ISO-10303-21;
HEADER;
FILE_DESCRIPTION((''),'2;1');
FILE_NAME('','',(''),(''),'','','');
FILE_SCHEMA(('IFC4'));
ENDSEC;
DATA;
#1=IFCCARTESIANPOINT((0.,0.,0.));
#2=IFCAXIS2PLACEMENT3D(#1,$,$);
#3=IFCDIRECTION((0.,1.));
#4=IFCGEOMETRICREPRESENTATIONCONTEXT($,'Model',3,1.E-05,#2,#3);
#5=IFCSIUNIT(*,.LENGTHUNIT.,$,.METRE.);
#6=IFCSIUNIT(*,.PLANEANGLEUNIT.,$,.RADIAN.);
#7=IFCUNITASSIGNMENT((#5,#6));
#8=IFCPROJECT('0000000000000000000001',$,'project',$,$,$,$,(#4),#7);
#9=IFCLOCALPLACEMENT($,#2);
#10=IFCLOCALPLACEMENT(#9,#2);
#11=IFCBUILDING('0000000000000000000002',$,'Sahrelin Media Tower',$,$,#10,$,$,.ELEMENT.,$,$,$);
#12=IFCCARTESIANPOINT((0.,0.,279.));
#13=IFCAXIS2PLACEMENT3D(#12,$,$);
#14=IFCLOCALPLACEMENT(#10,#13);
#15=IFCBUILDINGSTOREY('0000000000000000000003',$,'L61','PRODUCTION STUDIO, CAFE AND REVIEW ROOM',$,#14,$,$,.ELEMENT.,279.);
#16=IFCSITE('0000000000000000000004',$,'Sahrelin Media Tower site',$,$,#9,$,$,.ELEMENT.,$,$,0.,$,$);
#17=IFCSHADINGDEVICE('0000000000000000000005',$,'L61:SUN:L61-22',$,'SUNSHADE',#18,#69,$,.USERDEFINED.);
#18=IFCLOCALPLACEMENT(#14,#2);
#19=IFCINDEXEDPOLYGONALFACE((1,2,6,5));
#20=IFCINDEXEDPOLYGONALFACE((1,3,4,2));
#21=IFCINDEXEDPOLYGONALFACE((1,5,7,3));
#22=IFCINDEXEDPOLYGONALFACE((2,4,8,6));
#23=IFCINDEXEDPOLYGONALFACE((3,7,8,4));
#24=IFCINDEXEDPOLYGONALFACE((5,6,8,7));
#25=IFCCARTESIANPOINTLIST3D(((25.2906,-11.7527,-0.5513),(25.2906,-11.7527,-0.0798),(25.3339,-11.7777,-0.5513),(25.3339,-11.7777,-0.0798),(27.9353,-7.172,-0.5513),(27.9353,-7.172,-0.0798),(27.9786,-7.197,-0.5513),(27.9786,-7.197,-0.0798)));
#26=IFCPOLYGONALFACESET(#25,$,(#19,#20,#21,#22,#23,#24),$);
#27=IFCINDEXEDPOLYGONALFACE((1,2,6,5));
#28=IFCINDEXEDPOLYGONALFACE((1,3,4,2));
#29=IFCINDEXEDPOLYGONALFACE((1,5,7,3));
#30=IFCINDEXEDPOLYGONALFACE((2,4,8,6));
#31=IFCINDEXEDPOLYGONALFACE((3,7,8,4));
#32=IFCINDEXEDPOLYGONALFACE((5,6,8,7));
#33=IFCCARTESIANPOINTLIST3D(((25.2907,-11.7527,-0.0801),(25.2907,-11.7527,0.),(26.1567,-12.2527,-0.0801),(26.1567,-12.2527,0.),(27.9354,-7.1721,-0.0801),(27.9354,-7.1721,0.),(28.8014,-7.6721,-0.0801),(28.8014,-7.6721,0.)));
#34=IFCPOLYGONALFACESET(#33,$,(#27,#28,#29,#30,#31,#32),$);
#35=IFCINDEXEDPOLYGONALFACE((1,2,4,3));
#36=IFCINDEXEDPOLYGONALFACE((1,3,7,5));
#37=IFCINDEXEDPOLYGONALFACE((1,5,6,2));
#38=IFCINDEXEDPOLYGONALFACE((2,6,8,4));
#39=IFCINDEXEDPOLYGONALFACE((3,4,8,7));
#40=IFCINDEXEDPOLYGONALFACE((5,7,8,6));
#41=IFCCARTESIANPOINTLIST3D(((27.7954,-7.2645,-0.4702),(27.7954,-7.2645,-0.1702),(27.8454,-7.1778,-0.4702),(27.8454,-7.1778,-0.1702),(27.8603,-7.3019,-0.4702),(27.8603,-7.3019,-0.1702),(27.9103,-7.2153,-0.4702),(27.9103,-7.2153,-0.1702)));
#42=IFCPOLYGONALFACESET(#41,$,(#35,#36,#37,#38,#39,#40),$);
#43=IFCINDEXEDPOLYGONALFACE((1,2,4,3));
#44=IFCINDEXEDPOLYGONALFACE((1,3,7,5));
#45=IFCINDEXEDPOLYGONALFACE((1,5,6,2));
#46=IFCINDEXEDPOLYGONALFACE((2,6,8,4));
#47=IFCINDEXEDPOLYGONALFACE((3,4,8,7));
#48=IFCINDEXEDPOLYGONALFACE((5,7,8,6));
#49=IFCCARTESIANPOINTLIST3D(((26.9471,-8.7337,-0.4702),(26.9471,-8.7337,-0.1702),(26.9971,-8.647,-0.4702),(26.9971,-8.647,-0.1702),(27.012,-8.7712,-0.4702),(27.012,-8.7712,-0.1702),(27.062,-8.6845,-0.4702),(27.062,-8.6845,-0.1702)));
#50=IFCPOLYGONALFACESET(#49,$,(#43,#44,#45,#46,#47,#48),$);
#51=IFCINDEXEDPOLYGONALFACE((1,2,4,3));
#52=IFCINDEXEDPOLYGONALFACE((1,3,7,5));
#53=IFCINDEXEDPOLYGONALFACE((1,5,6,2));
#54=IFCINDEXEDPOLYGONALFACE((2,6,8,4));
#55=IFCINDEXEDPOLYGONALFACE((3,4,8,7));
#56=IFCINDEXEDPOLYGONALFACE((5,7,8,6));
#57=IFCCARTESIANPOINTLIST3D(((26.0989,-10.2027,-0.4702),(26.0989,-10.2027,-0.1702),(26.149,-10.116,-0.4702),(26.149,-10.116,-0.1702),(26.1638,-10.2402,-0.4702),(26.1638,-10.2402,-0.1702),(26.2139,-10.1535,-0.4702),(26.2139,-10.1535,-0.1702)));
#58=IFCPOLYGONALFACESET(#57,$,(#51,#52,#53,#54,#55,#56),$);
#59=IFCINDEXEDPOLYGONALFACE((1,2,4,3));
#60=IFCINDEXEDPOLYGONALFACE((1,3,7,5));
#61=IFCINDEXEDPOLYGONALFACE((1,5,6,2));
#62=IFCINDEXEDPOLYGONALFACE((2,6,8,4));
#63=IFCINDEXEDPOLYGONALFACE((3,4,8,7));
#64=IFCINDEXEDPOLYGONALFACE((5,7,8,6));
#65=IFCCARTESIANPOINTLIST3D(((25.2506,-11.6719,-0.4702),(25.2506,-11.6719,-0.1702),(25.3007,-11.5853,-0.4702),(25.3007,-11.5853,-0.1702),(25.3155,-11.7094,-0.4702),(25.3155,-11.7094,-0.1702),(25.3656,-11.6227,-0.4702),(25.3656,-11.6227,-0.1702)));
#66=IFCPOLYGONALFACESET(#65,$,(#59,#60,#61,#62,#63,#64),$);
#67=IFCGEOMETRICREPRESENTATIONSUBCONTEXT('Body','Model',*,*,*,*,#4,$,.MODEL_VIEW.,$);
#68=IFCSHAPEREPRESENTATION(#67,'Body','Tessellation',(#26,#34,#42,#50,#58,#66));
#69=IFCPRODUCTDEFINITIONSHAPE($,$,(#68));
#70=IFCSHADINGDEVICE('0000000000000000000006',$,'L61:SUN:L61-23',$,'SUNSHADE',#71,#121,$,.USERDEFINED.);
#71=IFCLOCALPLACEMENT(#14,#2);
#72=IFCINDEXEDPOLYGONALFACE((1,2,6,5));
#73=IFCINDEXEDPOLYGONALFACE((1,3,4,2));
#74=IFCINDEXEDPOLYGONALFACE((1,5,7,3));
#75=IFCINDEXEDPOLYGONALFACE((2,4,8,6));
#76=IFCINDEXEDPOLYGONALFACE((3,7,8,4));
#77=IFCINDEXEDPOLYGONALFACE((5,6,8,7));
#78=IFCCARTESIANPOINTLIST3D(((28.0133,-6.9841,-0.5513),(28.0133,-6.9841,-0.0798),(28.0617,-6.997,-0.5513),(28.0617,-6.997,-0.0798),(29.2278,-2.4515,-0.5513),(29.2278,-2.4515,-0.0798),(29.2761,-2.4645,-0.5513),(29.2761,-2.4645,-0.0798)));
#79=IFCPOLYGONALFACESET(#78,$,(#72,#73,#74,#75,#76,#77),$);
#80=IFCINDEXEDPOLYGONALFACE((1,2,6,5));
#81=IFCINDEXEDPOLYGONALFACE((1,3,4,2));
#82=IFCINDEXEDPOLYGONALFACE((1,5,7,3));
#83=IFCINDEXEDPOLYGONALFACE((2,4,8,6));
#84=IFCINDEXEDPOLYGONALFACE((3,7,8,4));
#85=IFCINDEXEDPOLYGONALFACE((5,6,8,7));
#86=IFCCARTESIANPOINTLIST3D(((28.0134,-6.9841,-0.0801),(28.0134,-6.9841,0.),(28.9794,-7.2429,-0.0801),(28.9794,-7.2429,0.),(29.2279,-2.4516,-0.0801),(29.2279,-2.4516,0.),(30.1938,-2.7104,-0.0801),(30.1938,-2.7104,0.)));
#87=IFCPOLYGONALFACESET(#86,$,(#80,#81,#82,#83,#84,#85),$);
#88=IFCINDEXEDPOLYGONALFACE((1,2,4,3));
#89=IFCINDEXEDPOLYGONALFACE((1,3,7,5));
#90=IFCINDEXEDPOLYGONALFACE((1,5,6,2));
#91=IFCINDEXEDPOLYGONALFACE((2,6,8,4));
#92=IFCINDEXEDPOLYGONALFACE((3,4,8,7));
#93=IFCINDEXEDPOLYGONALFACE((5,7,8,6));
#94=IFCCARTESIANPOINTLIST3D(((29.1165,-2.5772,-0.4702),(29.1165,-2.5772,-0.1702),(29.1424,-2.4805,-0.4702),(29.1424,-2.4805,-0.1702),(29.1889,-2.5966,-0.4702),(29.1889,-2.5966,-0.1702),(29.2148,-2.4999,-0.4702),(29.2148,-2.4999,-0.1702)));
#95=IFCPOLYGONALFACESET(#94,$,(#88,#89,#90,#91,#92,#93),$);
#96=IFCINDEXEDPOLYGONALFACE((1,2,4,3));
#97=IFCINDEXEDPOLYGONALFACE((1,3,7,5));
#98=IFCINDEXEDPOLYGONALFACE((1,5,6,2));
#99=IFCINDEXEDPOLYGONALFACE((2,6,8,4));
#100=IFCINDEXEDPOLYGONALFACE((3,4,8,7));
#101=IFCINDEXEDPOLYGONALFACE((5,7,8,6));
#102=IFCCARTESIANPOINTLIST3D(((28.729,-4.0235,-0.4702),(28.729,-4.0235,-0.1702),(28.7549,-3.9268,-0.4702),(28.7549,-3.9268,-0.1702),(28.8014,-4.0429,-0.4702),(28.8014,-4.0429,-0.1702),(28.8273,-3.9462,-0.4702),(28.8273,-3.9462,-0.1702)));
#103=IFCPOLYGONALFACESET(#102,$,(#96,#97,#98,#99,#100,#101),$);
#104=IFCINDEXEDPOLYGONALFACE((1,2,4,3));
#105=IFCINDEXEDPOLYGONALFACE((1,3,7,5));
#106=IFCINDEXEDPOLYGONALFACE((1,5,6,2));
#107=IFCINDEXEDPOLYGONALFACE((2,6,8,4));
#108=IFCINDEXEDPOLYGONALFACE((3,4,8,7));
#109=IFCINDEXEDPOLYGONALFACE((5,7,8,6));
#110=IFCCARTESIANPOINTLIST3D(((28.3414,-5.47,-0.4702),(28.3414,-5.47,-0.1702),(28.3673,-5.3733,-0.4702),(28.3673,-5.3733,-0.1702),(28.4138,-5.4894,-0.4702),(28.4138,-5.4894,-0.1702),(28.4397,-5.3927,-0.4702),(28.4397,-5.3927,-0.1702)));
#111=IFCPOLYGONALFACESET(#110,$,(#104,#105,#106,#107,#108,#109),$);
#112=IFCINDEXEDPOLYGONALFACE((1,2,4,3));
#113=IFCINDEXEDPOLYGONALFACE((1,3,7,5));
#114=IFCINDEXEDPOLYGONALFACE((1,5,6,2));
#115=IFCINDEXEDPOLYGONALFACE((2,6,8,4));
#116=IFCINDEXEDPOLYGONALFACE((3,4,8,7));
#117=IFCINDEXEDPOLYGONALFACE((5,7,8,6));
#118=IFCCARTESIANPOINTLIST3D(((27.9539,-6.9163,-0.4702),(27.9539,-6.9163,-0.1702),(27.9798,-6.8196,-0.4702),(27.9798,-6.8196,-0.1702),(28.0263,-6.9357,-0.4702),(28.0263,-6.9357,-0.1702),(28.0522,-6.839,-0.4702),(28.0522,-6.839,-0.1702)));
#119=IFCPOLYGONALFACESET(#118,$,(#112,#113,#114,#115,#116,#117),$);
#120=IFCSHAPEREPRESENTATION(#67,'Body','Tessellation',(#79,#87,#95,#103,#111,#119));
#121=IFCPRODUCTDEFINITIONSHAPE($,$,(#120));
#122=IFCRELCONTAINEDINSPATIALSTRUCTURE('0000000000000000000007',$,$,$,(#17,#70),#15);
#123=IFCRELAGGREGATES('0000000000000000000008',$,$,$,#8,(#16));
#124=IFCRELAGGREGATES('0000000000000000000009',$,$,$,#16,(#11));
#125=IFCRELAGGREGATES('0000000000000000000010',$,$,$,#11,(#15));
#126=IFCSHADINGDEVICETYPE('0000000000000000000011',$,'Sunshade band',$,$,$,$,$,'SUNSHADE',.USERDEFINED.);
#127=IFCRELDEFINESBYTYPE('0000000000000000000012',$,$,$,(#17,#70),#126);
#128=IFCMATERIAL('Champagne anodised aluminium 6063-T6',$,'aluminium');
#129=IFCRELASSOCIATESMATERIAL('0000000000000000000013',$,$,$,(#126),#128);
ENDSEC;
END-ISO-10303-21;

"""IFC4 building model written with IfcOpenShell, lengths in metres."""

from ifc_helpers import new_model, si_unit, direction, frame, origin, origin_2d, place, context, subcontext, project, spatial, rectangle, extrude, material, type_object, element, save


model = new_model("IFC4")

# Units and contexts
model_context = context("Model", 3, precision=1e-05, world=origin(), true_north=direction((0.0, 1.0)))
body_context = subcontext(model_context, "Body", "Model", "MODEL_VIEW")
ifc_project = project(units=[si_unit("LENGTHUNIT", "METRE"), si_unit("PLANEANGLEUNIT", "RADIAN")], contexts=[model_context])

# Site, building, storey
site_placement = place(None, origin())
site = spatial("IfcSite", under=ifc_project, at=site_placement, Name="Sahrelin Media Tower site", CompositionType="ELEMENT", RefElevation=0.0)
building_placement = place(site_placement, origin())
building = spatial("IfcBuilding", under=site, at=building_placement, Name="Sahrelin Media Tower", CompositionType="ELEMENT")
storey_placement = place(building_placement, frame((0.0, 0.0, 279.0)))
storey = spatial("IfcBuildingStorey", under=building, at=storey_placement, Name="L61", Description="PRODUCTION STUDIO, CAFE AND REVIEW ROOM", CompositionType="ELEMENT", Elevation=279.0)

# Shared definitions
ifc_material_1 = material(Name="Champagne anodised aluminium 6063-T6", Category="aluminium")

# Shading devices
placement_1 = place(storey_placement, frame((26.5957, -9.4524, 0.0), z_axis=(0.0, 0.0, 1.0), x_axis=(-0.500011, -0.866019, 0.0)))
placement_2 = place(storey_placement, frame((28.6013, -4.7126, 0.0), z_axis=(0.0, 0.0, 1.0), x_axis=(-0.258808, -0.965929, 0.0)))
shading_device_type_1 = type_object("IfcShadingDeviceType", Name="Sunshade band", ElementType="SUNSHADE", PredefinedType="USERDEFINED", material=ifc_material_1)
element("IfcShadingDevice", 1, at=placement_1, inside=storey, type_object=shading_device_type_1, Name="L61:SUN:L61-22", ObjectType="SUNSHADE", PredefinedType="USERDEFINED", context=body_context, shape_type="SweptSolid", body=[
    extrude(rectangle(XDim=5.2893, YDim=0.05, at=origin_2d()), frame((0.0, 0.0449, -0.5513)), (0.0, 0.0, 1.0), 0.4714),
    extrude(rectangle(XDim=5.2893, YDim=1.0, at=origin_2d()), frame((0.0, 0.52, -0.0801)), (0.0, 0.0, 1.0), 0.0801),
    extrude(rectangle(XDim=0.1001, YDim=0.075, at=origin_2d()), frame((-2.5447, -0.0176, -0.4702)), (0.0, 0.0, 1.0), 0.3),
    extrude(rectangle(XDim=0.1001, YDim=0.075, at=origin_2d()), frame((-0.8481, -0.0176, -0.4702)), (0.0, 0.0, 1.0), 0.3),
    extrude(rectangle(XDim=0.1001, YDim=0.075, at=origin_2d()), frame((0.8481, -0.0176, -0.4702)), (0.0, 0.0, 1.0), 0.3),
    extrude(rectangle(XDim=0.1001, YDim=0.075, at=origin_2d()), frame((2.5447, -0.0176, -0.4702)), (0.0, 0.0, 1.0), 0.3),
])
element("IfcShadingDevice", 2, at=placement_2, inside=storey, type_object=shading_device_type_1, Name="L61:SUN:L61-23", ObjectType="SUNSHADE", PredefinedType="USERDEFINED", context=body_context, shape_type="SweptSolid", body=[
    extrude(rectangle(XDim=4.6924, YDim=0.05, at=origin_2d()), frame((0.0, 0.0449, -0.5513)), (0.0, 0.0, 1.0), 0.4714),
    extrude(rectangle(XDim=4.6924, YDim=1.0, at=origin_2d()), frame((0.0, 0.52, -0.0801)), (0.0, 0.0, 1.0), 0.0801),
    extrude(rectangle(XDim=0.1001, YDim=0.075, at=origin_2d()), frame((-2.2461, -0.0176, -0.4702)), (0.0, 0.0, 1.0), 0.3),
    extrude(rectangle(XDim=0.1001, YDim=0.075, at=origin_2d()), frame((-0.7488, -0.0176, -0.4702)), (0.0, 0.0, 1.0), 0.3),
    extrude(rectangle(XDim=0.1001, YDim=0.075, at=origin_2d()), frame((0.7488, -0.0176, -0.4702)), (0.0, 0.0, 1.0), 0.3),
    extrude(rectangle(XDim=0.1001, YDim=0.075, at=origin_2d()), frame((2.2461, -0.0176, -0.4702)), (0.0, 0.0, 1.0), 0.3),
])

save(model, "model.ifc")
